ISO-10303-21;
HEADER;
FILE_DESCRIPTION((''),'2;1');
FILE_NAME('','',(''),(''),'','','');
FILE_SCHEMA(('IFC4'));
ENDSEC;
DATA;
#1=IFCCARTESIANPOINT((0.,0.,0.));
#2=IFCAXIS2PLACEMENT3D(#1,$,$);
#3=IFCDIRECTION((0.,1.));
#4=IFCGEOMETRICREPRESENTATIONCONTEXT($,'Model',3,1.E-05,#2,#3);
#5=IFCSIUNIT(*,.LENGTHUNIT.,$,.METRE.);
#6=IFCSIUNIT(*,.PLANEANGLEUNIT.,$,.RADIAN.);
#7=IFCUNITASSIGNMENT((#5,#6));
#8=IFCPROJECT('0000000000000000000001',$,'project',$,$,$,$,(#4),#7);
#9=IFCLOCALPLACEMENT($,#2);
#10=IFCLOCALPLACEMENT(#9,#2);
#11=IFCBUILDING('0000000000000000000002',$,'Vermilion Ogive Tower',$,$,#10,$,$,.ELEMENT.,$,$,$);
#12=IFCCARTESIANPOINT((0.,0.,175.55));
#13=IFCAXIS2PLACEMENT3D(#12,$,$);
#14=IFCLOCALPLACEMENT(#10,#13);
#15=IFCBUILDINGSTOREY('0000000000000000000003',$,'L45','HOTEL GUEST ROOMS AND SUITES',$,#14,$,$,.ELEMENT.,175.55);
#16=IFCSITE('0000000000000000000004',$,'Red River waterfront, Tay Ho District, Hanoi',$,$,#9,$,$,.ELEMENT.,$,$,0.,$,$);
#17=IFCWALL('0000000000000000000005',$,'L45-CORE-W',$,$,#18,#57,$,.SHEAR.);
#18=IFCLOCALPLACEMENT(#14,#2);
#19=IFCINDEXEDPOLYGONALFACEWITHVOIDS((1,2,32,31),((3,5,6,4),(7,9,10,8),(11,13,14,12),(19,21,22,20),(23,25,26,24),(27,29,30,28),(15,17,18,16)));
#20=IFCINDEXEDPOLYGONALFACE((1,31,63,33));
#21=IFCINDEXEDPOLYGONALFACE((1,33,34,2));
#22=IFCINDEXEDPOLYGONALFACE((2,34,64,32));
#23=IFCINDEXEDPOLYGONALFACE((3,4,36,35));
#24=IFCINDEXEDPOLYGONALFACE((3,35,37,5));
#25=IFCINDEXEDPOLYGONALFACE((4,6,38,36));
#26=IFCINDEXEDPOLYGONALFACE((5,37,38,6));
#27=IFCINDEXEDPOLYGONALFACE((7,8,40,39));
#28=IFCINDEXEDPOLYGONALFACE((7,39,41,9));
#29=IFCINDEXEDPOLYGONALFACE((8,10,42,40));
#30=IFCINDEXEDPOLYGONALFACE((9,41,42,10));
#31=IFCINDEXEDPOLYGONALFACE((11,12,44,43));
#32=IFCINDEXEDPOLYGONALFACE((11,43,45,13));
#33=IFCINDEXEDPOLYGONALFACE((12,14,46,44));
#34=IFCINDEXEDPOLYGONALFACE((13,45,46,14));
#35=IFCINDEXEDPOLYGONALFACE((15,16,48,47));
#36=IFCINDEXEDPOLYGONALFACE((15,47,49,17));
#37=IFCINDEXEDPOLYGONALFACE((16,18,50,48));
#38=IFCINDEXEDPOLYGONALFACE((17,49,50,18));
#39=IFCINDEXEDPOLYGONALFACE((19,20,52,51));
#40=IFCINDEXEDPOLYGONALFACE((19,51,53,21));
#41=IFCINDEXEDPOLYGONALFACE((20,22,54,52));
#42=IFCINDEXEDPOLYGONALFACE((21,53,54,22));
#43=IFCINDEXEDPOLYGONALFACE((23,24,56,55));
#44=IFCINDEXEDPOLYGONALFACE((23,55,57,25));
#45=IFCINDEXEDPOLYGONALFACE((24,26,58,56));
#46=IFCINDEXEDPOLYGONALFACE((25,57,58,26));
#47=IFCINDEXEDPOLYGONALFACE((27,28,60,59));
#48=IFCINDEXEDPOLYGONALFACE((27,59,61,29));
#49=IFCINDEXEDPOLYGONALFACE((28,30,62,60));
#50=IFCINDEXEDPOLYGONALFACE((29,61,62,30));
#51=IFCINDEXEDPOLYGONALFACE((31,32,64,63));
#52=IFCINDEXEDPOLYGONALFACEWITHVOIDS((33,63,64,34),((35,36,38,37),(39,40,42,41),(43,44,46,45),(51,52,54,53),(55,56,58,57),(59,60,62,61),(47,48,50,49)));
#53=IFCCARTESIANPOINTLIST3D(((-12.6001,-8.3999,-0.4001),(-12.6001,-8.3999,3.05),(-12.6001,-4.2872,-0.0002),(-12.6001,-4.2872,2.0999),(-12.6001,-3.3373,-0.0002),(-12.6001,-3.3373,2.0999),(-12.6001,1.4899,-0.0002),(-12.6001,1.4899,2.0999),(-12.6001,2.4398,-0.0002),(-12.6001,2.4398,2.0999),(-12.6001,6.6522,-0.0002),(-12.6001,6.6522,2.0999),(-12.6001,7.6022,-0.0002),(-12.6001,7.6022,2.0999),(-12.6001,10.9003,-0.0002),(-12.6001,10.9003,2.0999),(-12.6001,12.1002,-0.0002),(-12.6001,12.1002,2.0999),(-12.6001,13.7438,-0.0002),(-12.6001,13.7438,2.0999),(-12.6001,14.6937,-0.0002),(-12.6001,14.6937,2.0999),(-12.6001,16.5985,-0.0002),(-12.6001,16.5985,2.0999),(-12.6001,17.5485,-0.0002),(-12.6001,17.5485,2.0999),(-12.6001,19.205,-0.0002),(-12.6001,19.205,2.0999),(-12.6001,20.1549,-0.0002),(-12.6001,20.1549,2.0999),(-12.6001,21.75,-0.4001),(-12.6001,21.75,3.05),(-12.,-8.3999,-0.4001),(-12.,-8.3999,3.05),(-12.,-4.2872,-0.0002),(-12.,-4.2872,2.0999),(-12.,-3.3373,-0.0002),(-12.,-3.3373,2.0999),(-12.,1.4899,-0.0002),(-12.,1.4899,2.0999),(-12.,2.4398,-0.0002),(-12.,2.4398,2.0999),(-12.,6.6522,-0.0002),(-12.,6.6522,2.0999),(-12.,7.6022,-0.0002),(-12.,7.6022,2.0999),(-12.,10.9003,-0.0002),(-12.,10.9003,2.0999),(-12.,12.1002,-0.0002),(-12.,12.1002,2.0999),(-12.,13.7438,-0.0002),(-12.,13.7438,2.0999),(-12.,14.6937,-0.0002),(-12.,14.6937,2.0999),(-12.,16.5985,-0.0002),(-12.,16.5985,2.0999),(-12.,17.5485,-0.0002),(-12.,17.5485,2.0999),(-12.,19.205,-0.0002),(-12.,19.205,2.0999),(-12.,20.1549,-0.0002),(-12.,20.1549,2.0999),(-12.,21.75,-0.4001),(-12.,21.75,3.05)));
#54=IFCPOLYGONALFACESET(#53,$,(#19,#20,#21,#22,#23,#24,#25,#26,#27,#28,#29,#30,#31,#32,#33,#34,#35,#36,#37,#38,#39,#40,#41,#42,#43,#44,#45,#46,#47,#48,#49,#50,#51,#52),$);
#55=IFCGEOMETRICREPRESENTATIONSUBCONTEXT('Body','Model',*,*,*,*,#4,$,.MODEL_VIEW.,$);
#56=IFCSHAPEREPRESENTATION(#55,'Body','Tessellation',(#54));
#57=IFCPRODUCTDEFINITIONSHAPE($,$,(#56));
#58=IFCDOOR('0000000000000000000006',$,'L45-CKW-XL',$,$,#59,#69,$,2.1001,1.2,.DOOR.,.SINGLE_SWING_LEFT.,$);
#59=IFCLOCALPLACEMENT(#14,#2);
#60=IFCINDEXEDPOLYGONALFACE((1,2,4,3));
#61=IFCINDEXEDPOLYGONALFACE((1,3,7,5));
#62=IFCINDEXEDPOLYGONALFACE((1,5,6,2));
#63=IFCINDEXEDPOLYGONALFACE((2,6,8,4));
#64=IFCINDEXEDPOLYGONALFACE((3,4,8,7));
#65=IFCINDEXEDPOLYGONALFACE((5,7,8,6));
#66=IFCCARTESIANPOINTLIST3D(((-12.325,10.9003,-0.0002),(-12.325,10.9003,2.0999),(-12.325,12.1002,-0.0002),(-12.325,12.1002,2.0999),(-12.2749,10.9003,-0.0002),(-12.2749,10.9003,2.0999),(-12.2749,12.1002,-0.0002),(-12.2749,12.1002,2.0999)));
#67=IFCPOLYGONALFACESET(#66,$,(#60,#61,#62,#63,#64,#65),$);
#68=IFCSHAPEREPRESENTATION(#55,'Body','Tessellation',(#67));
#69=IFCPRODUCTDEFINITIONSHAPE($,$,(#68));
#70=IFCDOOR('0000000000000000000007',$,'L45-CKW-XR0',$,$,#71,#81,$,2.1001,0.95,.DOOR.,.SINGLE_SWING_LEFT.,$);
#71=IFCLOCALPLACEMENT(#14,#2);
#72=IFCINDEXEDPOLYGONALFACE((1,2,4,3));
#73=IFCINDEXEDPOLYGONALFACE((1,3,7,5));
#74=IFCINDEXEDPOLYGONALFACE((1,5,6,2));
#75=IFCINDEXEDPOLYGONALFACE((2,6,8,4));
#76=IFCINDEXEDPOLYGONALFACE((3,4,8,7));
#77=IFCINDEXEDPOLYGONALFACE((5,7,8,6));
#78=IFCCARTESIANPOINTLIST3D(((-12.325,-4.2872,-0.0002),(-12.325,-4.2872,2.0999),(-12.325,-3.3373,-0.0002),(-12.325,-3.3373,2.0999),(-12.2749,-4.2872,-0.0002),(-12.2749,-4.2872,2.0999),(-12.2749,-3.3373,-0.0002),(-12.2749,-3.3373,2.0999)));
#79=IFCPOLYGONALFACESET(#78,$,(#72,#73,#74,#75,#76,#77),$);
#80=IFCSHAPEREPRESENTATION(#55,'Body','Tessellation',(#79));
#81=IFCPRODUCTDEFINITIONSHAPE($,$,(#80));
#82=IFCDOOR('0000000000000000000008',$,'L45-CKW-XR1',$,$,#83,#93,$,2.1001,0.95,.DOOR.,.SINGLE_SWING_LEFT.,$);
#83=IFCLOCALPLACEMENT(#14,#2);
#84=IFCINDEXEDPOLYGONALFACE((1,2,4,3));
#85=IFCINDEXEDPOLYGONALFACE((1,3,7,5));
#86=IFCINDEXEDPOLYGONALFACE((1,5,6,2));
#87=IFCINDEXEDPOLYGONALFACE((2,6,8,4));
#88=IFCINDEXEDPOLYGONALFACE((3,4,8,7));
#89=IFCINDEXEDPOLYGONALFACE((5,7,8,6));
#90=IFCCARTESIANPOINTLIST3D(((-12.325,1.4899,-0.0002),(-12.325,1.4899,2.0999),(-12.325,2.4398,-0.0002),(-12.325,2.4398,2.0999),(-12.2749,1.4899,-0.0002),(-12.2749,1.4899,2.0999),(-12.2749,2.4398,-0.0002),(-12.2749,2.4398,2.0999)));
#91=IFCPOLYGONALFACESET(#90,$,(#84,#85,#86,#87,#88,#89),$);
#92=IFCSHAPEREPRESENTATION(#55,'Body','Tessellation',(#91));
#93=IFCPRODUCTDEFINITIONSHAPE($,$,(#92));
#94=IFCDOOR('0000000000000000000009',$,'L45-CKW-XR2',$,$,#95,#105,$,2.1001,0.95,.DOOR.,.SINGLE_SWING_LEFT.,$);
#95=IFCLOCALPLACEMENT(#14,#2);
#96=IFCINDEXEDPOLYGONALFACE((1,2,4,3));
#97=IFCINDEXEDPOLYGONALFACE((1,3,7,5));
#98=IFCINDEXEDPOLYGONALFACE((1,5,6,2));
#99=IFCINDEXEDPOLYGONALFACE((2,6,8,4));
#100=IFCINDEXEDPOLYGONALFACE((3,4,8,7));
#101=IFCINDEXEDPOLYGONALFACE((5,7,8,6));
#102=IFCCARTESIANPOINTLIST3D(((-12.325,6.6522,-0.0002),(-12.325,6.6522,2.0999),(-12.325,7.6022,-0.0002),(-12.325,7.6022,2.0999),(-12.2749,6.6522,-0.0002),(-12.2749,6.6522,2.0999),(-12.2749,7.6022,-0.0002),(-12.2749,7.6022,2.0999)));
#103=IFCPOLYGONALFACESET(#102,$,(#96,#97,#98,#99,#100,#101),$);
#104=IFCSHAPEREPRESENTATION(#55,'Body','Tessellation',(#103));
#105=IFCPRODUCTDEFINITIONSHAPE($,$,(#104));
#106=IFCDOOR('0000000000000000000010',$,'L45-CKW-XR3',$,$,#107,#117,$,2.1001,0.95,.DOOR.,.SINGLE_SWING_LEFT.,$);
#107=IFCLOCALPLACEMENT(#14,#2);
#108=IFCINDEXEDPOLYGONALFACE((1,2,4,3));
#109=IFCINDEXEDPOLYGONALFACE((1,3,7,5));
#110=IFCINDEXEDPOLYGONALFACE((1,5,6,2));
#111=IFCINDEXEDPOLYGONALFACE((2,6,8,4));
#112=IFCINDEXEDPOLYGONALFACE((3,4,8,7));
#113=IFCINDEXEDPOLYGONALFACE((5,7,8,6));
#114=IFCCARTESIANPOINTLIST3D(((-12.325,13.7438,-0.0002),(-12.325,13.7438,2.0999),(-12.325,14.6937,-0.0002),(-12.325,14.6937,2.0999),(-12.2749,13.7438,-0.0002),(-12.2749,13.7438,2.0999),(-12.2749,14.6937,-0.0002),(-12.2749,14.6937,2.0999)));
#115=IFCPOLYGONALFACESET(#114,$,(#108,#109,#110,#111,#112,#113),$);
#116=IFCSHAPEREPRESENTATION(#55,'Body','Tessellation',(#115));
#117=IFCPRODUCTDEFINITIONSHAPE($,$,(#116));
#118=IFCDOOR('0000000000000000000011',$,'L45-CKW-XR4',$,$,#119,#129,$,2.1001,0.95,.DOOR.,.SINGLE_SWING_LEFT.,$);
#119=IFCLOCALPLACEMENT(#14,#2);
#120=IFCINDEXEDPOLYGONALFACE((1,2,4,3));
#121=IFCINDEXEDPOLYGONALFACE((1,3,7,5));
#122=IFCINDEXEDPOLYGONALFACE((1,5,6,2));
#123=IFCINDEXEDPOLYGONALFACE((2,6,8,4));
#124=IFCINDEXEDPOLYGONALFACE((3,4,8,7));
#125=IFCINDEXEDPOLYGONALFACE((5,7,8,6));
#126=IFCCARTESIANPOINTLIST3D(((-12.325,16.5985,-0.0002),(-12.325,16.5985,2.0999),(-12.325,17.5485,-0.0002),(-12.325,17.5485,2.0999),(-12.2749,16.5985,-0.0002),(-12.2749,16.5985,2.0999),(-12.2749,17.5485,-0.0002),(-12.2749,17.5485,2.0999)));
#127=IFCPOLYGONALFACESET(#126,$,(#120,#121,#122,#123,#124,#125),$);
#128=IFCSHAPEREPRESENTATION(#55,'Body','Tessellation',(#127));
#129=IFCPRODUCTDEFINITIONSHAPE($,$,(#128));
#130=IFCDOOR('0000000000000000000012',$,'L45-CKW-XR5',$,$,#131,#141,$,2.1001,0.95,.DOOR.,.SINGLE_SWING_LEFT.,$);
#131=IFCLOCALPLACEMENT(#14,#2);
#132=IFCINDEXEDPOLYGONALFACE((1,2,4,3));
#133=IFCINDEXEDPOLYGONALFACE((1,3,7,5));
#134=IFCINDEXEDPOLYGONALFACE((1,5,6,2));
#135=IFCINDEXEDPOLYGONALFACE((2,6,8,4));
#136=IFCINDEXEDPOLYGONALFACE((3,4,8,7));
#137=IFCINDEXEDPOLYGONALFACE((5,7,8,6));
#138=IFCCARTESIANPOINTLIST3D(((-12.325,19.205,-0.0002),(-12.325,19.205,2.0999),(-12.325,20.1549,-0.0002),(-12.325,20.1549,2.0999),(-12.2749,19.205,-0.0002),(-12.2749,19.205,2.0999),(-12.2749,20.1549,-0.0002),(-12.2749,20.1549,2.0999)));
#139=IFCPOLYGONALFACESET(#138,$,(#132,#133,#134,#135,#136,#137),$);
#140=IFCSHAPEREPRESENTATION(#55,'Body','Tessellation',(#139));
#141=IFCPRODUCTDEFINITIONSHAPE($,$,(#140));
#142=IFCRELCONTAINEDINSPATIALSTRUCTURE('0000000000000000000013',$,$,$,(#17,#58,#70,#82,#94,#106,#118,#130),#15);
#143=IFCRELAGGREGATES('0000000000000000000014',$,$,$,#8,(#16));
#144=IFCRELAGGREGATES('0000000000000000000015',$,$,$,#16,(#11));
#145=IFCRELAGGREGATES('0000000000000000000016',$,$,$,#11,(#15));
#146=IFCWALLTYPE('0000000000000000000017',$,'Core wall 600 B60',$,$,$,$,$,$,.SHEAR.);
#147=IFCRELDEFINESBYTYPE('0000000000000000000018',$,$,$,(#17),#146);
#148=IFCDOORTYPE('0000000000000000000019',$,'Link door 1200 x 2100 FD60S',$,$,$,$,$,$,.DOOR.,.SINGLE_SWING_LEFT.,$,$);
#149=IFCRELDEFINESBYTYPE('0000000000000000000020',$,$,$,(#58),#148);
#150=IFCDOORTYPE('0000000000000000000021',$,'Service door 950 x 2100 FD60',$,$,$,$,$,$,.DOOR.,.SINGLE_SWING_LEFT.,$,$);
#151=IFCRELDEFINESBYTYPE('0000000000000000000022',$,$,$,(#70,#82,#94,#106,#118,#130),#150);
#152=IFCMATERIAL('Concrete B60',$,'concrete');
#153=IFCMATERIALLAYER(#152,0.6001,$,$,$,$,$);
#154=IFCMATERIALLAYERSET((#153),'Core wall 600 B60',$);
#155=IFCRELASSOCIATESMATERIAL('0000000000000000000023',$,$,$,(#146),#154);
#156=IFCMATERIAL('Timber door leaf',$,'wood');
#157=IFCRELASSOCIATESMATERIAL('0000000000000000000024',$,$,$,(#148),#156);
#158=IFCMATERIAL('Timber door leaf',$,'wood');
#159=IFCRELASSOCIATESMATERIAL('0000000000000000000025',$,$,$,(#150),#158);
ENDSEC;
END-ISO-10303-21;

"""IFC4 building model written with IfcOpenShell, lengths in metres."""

from ifc_helpers import new_model, si_unit, direction, frame, frame_2d, origin, place, context, subcontext, project, spatial, rectangle, extrude, material, layer, layer_set, type_object, element, fill, save


model = new_model("IFC4")

# Units and contexts
model_context = context("Model", 3, precision=1e-05, world=origin(), true_north=direction((0.0, 1.0)))
body_context = subcontext(model_context, "Body", "Model", "MODEL_VIEW")
ifc_project = project(units=[si_unit("LENGTHUNIT", "METRE"), si_unit("PLANEANGLEUNIT", "RADIAN")], contexts=[model_context])

# Site, building, storey
site_placement = place(None, origin())
site = spatial("IfcSite", under=ifc_project, at=site_placement, Name="Red River waterfront, Tay Ho District, Hanoi", CompositionType="ELEMENT", RefElevation=0.0)
building_placement = place(site_placement, origin())
building = spatial("IfcBuilding", under=site, at=building_placement, Name="Vermilion Ogive Tower", CompositionType="ELEMENT")
storey_placement = place(building_placement, frame((0.0, 0.0, 175.55)))
storey = spatial("IfcBuildingStorey", under=building, at=storey_placement, Name="L45", Description="HOTEL GUEST ROOMS AND SUITES", CompositionType="ELEMENT", Elevation=175.55)

# Wall, openings, doors
ifc_material_1 = material(Name="Concrete B60", Category="concrete")
ifc_layer_1 = layer(ifc_material_1, 0.6001)
ifc_layer_set_1 = layer_set([ifc_layer_1], Name="Core wall 600 B60")
wall_type_1 = type_object("IfcWallType", Name="Core wall 600 B60", PredefinedType="SHEAR", material=ifc_layer_set_1)
wall_1_placement = place(storey_placement, frame((-12.3, -8.3999, -0.4001), z_axis=(0.0, 0.0, 1.0), x_axis=(0.0, 1.0, 0.0)))
wall_1 = element("IfcWall", 1, at=wall_1_placement, inside=storey, type_object=wall_type_1, Name="L45-CORE-W", PredefinedType="SHEAR", context=body_context, shape_type="SweptSolid", body=[
    extrude(rectangle(XDim=30.1499, YDim=0.6001, at=frame_2d((15.075, 0.0))), origin(), (0.0, 0.0, 1.0), 3.4502),
])
opening_1_placement = place(wall_1_placement, frame((4.1125, 0.0, 0.3999)))
opening_1 = element("IfcOpeningElement", 2, at=opening_1_placement, cuts=wall_1, PredefinedType="OPENING", context=body_context, shape_type="SweptSolid", body=[
    extrude(rectangle(XDim=0.95, YDim=2.1001, at=frame_2d((0.4751, 1.05))), frame((0.0, 0.3101, 0.0), z_axis=(0.0, -1.0, 0.0), x_axis=(1.0, 0.0, 0.0)), (0.0, 0.0, 1.0), 0.6201),
])
opening_2_placement = place(wall_1_placement, frame((9.8896, 0.0, 0.3999)))
opening_2 = element("IfcOpeningElement", 3, at=opening_2_placement, cuts=wall_1, PredefinedType="OPENING", context=body_context, shape_type="SweptSolid", body=[
    extrude(rectangle(XDim=0.95, YDim=2.1001, at=frame_2d((0.4751, 1.05))), frame((0.0, 0.3101, 0.0), z_axis=(0.0, -1.0, 0.0), x_axis=(1.0, 0.0, 0.0)), (0.0, 0.0, 1.0), 0.6201),
])
opening_3_placement = place(wall_1_placement, frame((15.052, 0.0, 0.3999)))
opening_3 = element("IfcOpeningElement", 4, at=opening_3_placement, cuts=wall_1, PredefinedType="OPENING", context=body_context, shape_type="SweptSolid", body=[
    extrude(rectangle(XDim=0.95, YDim=2.1001, at=frame_2d((0.4751, 1.05))), frame((0.0, 0.3101, 0.0), z_axis=(0.0, -1.0, 0.0), x_axis=(1.0, 0.0, 0.0)), (0.0, 0.0, 1.0), 0.6201),
])
opening_4_placement = place(wall_1_placement, frame((22.1436, 0.0, 0.3999)))
opening_4 = element("IfcOpeningElement", 5, at=opening_4_placement, cuts=wall_1, PredefinedType="OPENING", context=body_context, shape_type="SweptSolid", body=[
    extrude(rectangle(XDim=0.95, YDim=2.1001, at=frame_2d((0.4751, 1.05))), frame((0.0, 0.3101, 0.0), z_axis=(0.0, -1.0, 0.0), x_axis=(1.0, 0.0, 0.0)), (0.0, 0.0, 1.0), 0.6201),
])
opening_5_placement = place(wall_1_placement, frame((24.9983, 0.0, 0.3999)))
opening_5 = element("IfcOpeningElement", 6, at=opening_5_placement, cuts=wall_1, PredefinedType="OPENING", context=body_context, shape_type="SweptSolid", body=[
    extrude(rectangle(XDim=0.95, YDim=2.1001, at=frame_2d((0.4751, 1.05))), frame((0.0, 0.3101, 0.0), z_axis=(0.0, -1.0, 0.0), x_axis=(1.0, 0.0, 0.0)), (0.0, 0.0, 1.0), 0.6201),
])
opening_6_placement = place(wall_1_placement, frame((27.6047, 0.0, 0.3999)))
opening_6 = element("IfcOpeningElement", 7, at=opening_6_placement, cuts=wall_1, PredefinedType="OPENING", context=body_context, shape_type="SweptSolid", body=[
    extrude(rectangle(XDim=0.95, YDim=2.1001, at=frame_2d((0.4751, 1.05))), frame((0.0, 0.3101, 0.0), z_axis=(0.0, -1.0, 0.0), x_axis=(1.0, 0.0, 0.0)), (0.0, 0.0, 1.0), 0.6201),
])
opening_7_placement = place(wall_1_placement, frame((19.3, 0.0, 0.3999)))
opening_7 = element("IfcOpeningElement", 8, at=opening_7_placement, cuts=wall_1, PredefinedType="OPENING", context=body_context, shape_type="SweptSolid", body=[
    extrude(rectangle(XDim=1.2, YDim=2.1001, at=frame_2d((0.6001, 1.05))), frame((0.0, 0.3101, 0.0), z_axis=(0.0, -1.0, 0.0), x_axis=(1.0, 0.0, 0.0)), (0.0, 0.0, 1.0), 0.6201),
])
ifc_material_2 = material(Name="Timber door leaf", Category="wood")
door_type_1 = type_object("IfcDoorType", Name="Link door 1200 x 2100 FD60S", OperationType="SINGLE_SWING_LEFT", PredefinedType="DOOR", material=ifc_material_2)
door_1_placement = place(opening_7_placement, origin())
door_1 = element("IfcDoor", 9, at=door_1_placement, inside=storey, type_object=door_type_1, Name="L45-CKW-XL", OperationType="SINGLE_SWING_LEFT", OverallHeight=2.1001, OverallWidth=1.2, PredefinedType="DOOR", context=body_context, shape_type="SweptSolid", body=[
    extrude(rectangle(XDim=1.2, YDim=2.1001, at=frame_2d((0.6001, 1.05))), frame((0.0, 0.0249, 0.0), z_axis=(0.0, -1.0, 0.0), x_axis=(1.0, 0.0, 0.0)), (0.0, 0.0, 1.0), 0.05),
])
fill(opening_7, door_1)
ifc_material_3 = material(Name="Timber door leaf", Category="wood")
door_type_2 = type_object("IfcDoorType", Name="Service door 950 x 2100 FD60", OperationType="SINGLE_SWING_LEFT", PredefinedType="DOOR", material=ifc_material_3)
door_2_placement = place(opening_1_placement, origin())
door_2 = element("IfcDoor", 10, at=door_2_placement, inside=storey, type_object=door_type_2, Name="L45-CKW-XR0", OperationType="SINGLE_SWING_LEFT", OverallHeight=2.1001, OverallWidth=0.95, PredefinedType="DOOR", context=body_context, shape_type="SweptSolid", body=[
    extrude(rectangle(XDim=0.95, YDim=2.1001, at=frame_2d((0.4751, 1.05))), frame((0.0, 0.0249, 0.0), z_axis=(0.0, -1.0, 0.0), x_axis=(1.0, 0.0, 0.0)), (0.0, 0.0, 1.0), 0.05),
])
fill(opening_1, door_2)
door_3_placement = place(opening_2_placement, origin())
door_3 = element("IfcDoor", 11, at=door_3_placement, inside=storey, type_object=door_type_2, Name="L45-CKW-XR1", OperationType="SINGLE_SWING_LEFT", OverallHeight=2.1001, OverallWidth=0.95, PredefinedType="DOOR", context=body_context, shape_type="SweptSolid", body=[
    extrude(rectangle(XDim=0.95, YDim=2.1001, at=frame_2d((0.4751, 1.05))), frame((0.0, 0.0249, 0.0), z_axis=(0.0, -1.0, 0.0), x_axis=(1.0, 0.0, 0.0)), (0.0, 0.0, 1.0), 0.05),
])
fill(opening_2, door_3)
door_4_placement = place(opening_3_placement, origin())
door_4 = element("IfcDoor", 12, at=door_4_placement, inside=storey, type_object=door_type_2, Name="L45-CKW-XR2", OperationType="SINGLE_SWING_LEFT", OverallHeight=2.1001, OverallWidth=0.95, PredefinedType="DOOR", context=body_context, shape_type="SweptSolid", body=[
    extrude(rectangle(XDim=0.95, YDim=2.1001, at=frame_2d((0.4751, 1.05))), frame((0.0, 0.0249, 0.0), z_axis=(0.0, -1.0, 0.0), x_axis=(1.0, 0.0, 0.0)), (0.0, 0.0, 1.0), 0.05),
])
fill(opening_3, door_4)
door_5_placement = place(opening_4_placement, origin())
door_5 = element("IfcDoor", 13, at=door_5_placement, inside=storey, type_object=door_type_2, Name="L45-CKW-XR3", OperationType="SINGLE_SWING_LEFT", OverallHeight=2.1001, OverallWidth=0.95, PredefinedType="DOOR", context=body_context, shape_type="SweptSolid", body=[
    extrude(rectangle(XDim=0.95, YDim=2.1001, at=frame_2d((0.4751, 1.05))), frame((0.0, 0.0249, 0.0), z_axis=(0.0, -1.0, 0.0), x_axis=(1.0, 0.0, 0.0)), (0.0, 0.0, 1.0), 0.05),
])
fill(opening_4, door_5)
door_6_placement = place(opening_5_placement, origin())
door_6 = element("IfcDoor", 14, at=door_6_placement, inside=storey, type_object=door_type_2, Name="L45-CKW-XR4", OperationType="SINGLE_SWING_LEFT", OverallHeight=2.1001, OverallWidth=0.95, PredefinedType="DOOR", context=body_context, shape_type="SweptSolid", body=[
    extrude(rectangle(XDim=0.95, YDim=2.1001, at=frame_2d((0.4751, 1.05))), frame((0.0, 0.0249, 0.0), z_axis=(0.0, -1.0, 0.0), x_axis=(1.0, 0.0, 0.0)), (0.0, 0.0, 1.0), 0.05),
])
fill(opening_5, door_6)
door_7_placement = place(opening_6_placement, origin())
door_7 = element("IfcDoor", 15, at=door_7_placement, inside=storey, type_object=door_type_2, Name="L45-CKW-XR5", OperationType="SINGLE_SWING_LEFT", OverallHeight=2.1001, OverallWidth=0.95, PredefinedType="DOOR", context=body_context, shape_type="SweptSolid", body=[
    extrude(rectangle(XDim=0.95, YDim=2.1001, at=frame_2d((0.4751, 1.05))), frame((0.0, 0.0249, 0.0), z_axis=(0.0, -1.0, 0.0), x_axis=(1.0, 0.0, 0.0)), (0.0, 0.0, 1.0), 0.05),
])
fill(opening_6, door_7)

save(model, "model.ifc")
